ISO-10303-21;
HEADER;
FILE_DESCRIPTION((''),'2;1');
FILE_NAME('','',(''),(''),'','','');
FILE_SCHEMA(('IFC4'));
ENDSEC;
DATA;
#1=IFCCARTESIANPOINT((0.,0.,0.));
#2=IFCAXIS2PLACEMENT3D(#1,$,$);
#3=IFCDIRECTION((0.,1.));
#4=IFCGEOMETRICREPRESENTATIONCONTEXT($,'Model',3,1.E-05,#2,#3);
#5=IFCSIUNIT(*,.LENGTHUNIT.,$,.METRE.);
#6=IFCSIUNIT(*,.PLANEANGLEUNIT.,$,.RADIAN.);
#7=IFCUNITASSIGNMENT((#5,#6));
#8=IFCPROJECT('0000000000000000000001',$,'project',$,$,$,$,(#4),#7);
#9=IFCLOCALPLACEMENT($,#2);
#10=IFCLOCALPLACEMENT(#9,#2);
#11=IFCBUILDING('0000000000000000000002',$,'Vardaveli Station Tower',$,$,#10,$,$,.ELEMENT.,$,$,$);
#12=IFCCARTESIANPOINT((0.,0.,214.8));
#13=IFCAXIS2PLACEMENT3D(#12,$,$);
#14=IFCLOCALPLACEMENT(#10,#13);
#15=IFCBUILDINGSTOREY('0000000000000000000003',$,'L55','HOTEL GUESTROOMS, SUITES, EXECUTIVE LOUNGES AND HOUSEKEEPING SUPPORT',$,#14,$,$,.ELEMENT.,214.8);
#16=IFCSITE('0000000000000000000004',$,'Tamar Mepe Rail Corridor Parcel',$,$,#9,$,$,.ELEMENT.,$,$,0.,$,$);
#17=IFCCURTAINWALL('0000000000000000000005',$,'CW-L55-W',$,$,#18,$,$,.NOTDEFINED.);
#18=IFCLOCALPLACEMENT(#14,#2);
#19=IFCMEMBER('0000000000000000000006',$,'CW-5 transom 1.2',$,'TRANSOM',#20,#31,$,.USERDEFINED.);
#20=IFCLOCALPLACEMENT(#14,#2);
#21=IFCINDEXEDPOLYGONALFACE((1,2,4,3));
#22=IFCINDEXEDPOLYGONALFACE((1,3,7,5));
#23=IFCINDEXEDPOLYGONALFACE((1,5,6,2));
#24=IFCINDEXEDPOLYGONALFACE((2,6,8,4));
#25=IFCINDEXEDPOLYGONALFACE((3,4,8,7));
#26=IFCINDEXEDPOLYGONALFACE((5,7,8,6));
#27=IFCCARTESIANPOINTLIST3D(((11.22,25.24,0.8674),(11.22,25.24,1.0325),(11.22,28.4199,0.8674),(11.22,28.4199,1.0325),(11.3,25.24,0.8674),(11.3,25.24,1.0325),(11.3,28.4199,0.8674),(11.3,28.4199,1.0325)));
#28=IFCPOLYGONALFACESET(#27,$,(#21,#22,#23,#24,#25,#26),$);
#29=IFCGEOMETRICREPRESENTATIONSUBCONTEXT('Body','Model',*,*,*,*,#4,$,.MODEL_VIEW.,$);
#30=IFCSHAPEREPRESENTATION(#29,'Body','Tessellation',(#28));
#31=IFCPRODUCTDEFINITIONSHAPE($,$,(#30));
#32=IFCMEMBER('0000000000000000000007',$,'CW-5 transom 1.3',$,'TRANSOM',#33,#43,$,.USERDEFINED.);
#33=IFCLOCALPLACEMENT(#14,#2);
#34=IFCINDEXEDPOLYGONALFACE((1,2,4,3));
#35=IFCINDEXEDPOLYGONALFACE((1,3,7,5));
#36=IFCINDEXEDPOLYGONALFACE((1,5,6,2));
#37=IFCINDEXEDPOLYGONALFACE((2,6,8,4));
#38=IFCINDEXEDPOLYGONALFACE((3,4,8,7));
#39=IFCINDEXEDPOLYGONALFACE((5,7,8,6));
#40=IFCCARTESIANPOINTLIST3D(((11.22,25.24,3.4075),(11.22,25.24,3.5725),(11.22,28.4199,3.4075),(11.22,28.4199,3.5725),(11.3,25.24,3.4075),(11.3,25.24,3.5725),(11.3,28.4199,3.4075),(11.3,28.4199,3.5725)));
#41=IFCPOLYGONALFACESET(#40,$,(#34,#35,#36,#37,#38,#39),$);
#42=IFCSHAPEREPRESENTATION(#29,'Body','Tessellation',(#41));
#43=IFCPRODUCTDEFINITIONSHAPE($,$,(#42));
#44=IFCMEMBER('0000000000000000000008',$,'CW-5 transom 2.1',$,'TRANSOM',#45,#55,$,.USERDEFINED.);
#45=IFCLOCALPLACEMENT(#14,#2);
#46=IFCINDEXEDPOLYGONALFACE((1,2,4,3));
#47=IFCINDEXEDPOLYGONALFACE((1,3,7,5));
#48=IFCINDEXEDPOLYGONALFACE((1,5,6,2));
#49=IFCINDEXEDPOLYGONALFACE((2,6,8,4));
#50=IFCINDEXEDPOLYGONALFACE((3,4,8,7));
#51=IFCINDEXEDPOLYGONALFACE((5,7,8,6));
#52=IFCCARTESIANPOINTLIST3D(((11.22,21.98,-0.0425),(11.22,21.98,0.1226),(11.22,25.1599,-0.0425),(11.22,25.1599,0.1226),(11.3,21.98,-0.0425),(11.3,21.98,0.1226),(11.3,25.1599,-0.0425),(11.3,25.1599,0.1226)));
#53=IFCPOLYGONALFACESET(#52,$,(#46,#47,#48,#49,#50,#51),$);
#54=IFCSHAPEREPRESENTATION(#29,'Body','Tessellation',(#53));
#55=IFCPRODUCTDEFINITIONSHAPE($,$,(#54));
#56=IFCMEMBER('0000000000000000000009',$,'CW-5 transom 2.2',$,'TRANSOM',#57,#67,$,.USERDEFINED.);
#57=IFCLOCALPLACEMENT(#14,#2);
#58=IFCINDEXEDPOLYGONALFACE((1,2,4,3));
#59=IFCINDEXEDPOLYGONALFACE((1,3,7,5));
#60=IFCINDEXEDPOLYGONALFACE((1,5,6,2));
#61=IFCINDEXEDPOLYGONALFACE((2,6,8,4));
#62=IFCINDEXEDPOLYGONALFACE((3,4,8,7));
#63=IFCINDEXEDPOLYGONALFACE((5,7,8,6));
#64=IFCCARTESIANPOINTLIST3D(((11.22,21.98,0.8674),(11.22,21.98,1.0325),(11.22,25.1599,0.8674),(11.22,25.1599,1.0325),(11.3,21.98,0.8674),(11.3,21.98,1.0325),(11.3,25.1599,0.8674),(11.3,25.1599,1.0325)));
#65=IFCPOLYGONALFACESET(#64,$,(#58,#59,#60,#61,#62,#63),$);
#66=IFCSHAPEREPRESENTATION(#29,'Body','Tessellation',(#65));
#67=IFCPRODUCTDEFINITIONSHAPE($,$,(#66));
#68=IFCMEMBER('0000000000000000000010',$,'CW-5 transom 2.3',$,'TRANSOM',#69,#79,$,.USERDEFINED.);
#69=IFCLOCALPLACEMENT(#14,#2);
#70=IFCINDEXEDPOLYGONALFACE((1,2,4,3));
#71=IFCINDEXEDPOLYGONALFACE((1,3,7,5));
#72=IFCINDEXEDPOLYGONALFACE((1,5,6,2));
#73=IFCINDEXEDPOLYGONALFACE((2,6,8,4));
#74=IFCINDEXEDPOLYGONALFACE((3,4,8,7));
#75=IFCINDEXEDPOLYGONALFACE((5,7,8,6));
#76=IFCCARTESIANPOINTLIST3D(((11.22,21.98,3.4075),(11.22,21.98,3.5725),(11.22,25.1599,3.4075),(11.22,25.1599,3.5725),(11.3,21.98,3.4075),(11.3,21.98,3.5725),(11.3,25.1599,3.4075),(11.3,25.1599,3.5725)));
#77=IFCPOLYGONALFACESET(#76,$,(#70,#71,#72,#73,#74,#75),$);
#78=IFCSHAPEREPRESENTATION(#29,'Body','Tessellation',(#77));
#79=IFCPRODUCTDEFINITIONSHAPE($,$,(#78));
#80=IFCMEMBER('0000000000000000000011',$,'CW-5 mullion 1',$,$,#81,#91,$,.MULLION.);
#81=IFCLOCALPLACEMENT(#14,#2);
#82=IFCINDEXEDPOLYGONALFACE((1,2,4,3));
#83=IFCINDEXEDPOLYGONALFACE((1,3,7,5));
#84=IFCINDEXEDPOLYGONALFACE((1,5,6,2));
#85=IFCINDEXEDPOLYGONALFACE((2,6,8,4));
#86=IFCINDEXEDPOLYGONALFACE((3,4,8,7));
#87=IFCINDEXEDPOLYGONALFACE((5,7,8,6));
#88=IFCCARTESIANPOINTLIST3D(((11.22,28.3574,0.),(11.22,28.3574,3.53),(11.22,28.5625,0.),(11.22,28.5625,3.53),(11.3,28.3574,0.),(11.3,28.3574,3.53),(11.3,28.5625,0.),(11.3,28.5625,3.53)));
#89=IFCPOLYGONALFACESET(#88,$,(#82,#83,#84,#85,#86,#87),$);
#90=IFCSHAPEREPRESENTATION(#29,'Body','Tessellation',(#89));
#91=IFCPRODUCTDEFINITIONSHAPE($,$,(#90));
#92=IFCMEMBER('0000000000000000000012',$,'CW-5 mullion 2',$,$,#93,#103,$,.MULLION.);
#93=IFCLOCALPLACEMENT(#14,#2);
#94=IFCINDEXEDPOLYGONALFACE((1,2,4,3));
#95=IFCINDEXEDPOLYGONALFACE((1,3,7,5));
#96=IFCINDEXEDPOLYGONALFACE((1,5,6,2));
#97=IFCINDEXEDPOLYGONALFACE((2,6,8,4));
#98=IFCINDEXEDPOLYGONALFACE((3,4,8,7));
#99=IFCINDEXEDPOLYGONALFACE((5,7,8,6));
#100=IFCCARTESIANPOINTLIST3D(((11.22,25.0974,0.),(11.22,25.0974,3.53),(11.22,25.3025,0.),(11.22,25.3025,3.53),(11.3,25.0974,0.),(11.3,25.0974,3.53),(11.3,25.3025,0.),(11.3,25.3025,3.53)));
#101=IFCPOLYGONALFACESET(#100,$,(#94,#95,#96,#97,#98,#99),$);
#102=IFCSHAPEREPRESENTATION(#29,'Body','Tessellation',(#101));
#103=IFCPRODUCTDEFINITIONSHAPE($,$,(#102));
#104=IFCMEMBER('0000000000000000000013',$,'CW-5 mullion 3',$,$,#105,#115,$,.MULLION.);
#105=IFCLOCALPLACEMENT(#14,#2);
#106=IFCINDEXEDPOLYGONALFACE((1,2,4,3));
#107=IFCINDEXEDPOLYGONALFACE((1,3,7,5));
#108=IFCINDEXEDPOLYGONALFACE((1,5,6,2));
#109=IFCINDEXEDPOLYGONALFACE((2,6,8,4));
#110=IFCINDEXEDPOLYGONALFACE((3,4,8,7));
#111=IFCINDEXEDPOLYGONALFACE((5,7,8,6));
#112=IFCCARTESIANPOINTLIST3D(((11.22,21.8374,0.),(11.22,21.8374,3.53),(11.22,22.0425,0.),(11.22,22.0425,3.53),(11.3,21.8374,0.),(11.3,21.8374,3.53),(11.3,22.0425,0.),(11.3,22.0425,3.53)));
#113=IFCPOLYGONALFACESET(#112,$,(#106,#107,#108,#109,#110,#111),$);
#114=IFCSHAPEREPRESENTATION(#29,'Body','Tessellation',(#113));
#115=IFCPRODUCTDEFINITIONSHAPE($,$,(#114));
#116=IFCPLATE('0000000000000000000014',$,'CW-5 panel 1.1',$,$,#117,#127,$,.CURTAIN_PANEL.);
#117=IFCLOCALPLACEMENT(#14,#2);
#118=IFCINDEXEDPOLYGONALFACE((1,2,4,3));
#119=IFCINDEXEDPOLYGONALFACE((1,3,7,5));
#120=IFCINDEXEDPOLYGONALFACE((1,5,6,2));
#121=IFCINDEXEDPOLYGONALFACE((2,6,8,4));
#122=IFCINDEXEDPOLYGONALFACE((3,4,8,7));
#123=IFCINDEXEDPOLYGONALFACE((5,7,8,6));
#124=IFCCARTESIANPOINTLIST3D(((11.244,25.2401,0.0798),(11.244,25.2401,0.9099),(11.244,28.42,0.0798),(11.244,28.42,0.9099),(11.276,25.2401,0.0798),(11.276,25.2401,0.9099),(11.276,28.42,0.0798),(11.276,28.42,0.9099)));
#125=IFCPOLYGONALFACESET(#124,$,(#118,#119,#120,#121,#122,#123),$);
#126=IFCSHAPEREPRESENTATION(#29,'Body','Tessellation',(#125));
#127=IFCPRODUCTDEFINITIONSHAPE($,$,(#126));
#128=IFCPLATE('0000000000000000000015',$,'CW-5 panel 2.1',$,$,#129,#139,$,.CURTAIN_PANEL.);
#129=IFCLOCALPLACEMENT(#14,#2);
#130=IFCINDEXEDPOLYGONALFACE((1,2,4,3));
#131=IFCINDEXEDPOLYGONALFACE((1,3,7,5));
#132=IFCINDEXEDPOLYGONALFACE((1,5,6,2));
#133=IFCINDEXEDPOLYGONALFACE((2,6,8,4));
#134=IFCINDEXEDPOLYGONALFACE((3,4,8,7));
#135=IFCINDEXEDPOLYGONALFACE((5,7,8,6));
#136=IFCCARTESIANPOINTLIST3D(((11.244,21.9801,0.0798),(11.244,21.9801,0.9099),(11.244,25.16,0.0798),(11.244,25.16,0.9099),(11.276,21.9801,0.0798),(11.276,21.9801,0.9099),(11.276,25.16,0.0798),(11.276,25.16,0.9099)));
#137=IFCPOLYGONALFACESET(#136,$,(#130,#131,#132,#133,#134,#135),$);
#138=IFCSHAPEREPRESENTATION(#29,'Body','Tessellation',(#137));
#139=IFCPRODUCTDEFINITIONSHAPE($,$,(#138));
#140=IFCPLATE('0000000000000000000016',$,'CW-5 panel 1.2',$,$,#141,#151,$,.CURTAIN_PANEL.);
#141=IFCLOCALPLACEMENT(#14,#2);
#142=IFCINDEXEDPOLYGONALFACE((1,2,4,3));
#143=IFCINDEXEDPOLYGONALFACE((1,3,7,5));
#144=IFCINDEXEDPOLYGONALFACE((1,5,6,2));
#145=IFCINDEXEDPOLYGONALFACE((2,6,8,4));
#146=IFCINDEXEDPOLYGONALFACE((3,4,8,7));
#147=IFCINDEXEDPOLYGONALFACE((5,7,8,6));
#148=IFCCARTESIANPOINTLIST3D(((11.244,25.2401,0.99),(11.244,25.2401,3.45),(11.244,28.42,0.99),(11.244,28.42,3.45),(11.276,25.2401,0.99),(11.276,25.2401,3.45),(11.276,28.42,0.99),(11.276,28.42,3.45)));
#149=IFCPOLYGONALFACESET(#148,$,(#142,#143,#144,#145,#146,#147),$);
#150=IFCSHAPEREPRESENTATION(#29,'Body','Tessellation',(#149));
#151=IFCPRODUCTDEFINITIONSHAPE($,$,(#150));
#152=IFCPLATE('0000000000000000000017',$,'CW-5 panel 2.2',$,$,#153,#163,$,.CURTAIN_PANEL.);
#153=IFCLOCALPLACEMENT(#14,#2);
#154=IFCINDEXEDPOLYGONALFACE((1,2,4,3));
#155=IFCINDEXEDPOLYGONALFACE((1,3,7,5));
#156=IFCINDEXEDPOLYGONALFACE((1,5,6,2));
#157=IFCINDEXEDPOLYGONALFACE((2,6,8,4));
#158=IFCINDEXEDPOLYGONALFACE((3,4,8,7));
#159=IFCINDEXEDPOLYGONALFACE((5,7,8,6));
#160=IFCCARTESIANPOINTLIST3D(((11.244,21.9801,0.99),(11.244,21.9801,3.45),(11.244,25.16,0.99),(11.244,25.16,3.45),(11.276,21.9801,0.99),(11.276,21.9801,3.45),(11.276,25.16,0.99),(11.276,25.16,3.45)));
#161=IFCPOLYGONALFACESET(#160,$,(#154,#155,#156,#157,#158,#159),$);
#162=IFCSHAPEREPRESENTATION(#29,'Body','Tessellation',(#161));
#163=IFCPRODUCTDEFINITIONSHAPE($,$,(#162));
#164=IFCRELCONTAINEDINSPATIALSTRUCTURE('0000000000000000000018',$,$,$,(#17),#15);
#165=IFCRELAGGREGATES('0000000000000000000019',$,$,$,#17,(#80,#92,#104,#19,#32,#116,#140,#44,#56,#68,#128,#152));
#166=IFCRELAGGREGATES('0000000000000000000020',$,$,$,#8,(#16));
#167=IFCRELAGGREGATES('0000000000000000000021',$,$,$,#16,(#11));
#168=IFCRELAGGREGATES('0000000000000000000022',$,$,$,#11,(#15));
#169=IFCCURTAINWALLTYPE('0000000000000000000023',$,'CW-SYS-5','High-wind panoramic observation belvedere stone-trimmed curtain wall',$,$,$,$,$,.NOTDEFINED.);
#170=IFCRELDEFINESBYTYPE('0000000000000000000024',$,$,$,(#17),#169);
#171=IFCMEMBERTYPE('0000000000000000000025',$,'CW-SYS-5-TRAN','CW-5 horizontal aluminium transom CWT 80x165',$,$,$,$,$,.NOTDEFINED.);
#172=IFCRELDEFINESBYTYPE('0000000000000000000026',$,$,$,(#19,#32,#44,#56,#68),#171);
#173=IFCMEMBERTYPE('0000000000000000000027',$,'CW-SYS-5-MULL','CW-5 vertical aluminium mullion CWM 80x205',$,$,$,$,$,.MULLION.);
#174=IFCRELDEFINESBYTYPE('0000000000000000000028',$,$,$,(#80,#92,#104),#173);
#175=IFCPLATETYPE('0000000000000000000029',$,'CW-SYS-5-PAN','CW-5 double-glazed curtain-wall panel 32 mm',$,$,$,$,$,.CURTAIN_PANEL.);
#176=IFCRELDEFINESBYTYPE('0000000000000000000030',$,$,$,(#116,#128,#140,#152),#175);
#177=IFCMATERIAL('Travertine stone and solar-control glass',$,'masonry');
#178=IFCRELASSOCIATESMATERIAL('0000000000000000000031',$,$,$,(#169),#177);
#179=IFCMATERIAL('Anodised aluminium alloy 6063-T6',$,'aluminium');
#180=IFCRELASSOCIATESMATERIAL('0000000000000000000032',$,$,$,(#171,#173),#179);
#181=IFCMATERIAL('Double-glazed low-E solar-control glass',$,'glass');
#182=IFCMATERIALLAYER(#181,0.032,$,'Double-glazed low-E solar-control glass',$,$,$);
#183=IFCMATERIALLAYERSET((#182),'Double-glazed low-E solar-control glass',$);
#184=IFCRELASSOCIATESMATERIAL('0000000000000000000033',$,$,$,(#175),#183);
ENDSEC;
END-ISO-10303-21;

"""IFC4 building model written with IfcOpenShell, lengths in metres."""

from ifc_helpers import new_model, si_unit, direction, frame, origin, origin_2d, place, context, subcontext, project, spatial, rectangle, extrude, source, transform, mapped, material, layer, layer_set, material_profile, profile_set, type_object, element, aggregate, save


model = new_model("IFC4")

# Units and contexts
model_context = context("Model", 3, precision=1e-05, world=origin(), true_north=direction((0.0, 1.0)))
body_context = subcontext(model_context, "Body", "Model", "MODEL_VIEW")
ifc_project = project(units=[si_unit("LENGTHUNIT", "METRE"), si_unit("PLANEANGLEUNIT", "RADIAN")], contexts=[model_context])

# Site, building, storey
site_placement = place(None, origin())
site = spatial("IfcSite", under=ifc_project, at=site_placement, Name="Tamar Mepe Rail Corridor Parcel", CompositionType="ELEMENT", RefElevation=0.0)
building_placement = place(site_placement, origin())
building = spatial("IfcBuilding", under=site, at=building_placement, Name="Vardaveli Station Tower", CompositionType="ELEMENT")
storey_placement = place(building_placement, frame((0.0, 0.0, 214.8)))
storey = spatial("IfcBuildingStorey", under=building, at=storey_placement, Name="L55", Description="HOTEL GUESTROOMS, SUITES, EXECUTIVE LOUNGES AND HOUSEKEEPING SUPPORT", CompositionType="ELEMENT", Elevation=214.8)

# Curtain wall, members, plates
ifc_material_1 = material(Name="Travertine stone and solar-control glass", Category="masonry")
curtain_wall_type = type_object("IfcCurtainWallType", Name="CW-SYS-5", Description="High-wind panoramic observation belvedere stone-trimmed curtain wall", PredefinedType="NOTDEFINED", material=ifc_material_1)
curtain_wall_placement = place(storey_placement, origin())
curtain_wall = element("IfcCurtainWall", 1, at=curtain_wall_placement, inside=storey, type_object=curtain_wall_type, Name="CW-L55-W", PredefinedType="NOTDEFINED")
ifc_material_2 = material(Name="Anodised aluminium alloy 6063-T6", Category="aluminium")
ifc_material_profile_1 = material_profile(ifc_material_2, rectangle(XDim=0.0801, YDim=0.165, at=origin_2d()), Name="CWT 80x165")
ifc_profile_set_1 = profile_set([ifc_material_profile_1], Name="Anodised aluminium alloy 6063-T6")
member_type_1 = type_object("IfcMemberType", Name="CW-SYS-5-TRAN", Description="CW-5 horizontal aluminium transom CWT 80x165", PredefinedType="NOTDEFINED", material=ifc_profile_set_1)
shared_shape_1 = source(origin(), body_context, "Body", "SweptSolid", [
    extrude(rectangle(XDim=0.0801, YDim=0.165, at=origin_2d()), origin(), (0.0, 0.0, 1.0), 3.1799),
])
member_1_placement = place(storey_placement, frame((11.26, 28.4199, 0.95), z_axis=(0.0, -1.0, 0.0), x_axis=(1.0, 0.0, 0.0)))
member_1 = element("IfcMember", 2, at=member_1_placement, type_object=member_type_1, Name="CW-5 transom 1.2", ObjectType="TRANSOM", PredefinedType="USERDEFINED", context=body_context, shape_type="MappedRepresentation", body=[
    mapped(shared_shape_1, transform((0.0, 0.0, 0.0), scale=1.0)),
])
member_2_placement = place(storey_placement, frame((11.26, 28.4199, 3.49), z_axis=(0.0, -1.0, 0.0), x_axis=(1.0, 0.0, 0.0)))
member_2 = element("IfcMember", 3, at=member_2_placement, type_object=member_type_1, Name="CW-5 transom 1.3", ObjectType="TRANSOM", PredefinedType="USERDEFINED", context=body_context, shape_type="MappedRepresentation", body=[
    mapped(shared_shape_1, transform((0.0, 0.0, 0.0), scale=1.0)),
])
member_3_placement = place(storey_placement, frame((11.26, 25.1599, 0.04), z_axis=(0.0, -1.0, 0.0), x_axis=(1.0, 0.0, 0.0)))
member_3 = element("IfcMember", 4, at=member_3_placement, type_object=member_type_1, Name="CW-5 transom 2.1", ObjectType="TRANSOM", PredefinedType="USERDEFINED", context=body_context, shape_type="MappedRepresentation", body=[
    mapped(shared_shape_1, transform((0.0, 0.0, 0.0), scale=1.0)),
])
member_4_placement = place(storey_placement, frame((11.26, 25.1599, 0.95), z_axis=(0.0, -1.0, 0.0), x_axis=(1.0, 0.0, 0.0)))
member_4 = element("IfcMember", 5, at=member_4_placement, type_object=member_type_1, Name="CW-5 transom 2.2", ObjectType="TRANSOM", PredefinedType="USERDEFINED", context=body_context, shape_type="MappedRepresentation", body=[
    mapped(shared_shape_1, transform((0.0, 0.0, 0.0), scale=1.0)),
])
member_5_placement = place(storey_placement, frame((11.26, 25.1599, 3.49), z_axis=(0.0, -1.0, 0.0), x_axis=(1.0, 0.0, 0.0)))
member_5 = element("IfcMember", 6, at=member_5_placement, type_object=member_type_1, Name="CW-5 transom 2.3", ObjectType="TRANSOM", PredefinedType="USERDEFINED", context=body_context, shape_type="MappedRepresentation", body=[
    mapped(shared_shape_1, transform((0.0, 0.0, 0.0), scale=1.0)),
])
ifc_material_profile_2 = material_profile(ifc_material_2, rectangle(XDim=0.0801, YDim=0.2051, at=origin_2d()), Name="CWM 80x205")
ifc_profile_set_2 = profile_set([ifc_material_profile_2], Name="Anodised aluminium alloy 6063-T6")
member_type_2 = type_object("IfcMemberType", Name="CW-SYS-5-MULL", Description="CW-5 vertical aluminium mullion CWM 80x205", PredefinedType="MULLION", material=ifc_profile_set_2)
shared_shape_2 = source(origin(), body_context, "Body", "SweptSolid", [
    extrude(rectangle(XDim=0.0801, YDim=0.2051, at=origin_2d()), origin(), (0.0, 0.0, 1.0), 3.53),
])
member_6_placement = place(storey_placement, frame((11.26, 28.46, 0.0), z_axis=(0.0, 0.0, 1.0), x_axis=(1.0, 0.0, 0.0)))
member_6 = element("IfcMember", 7, at=member_6_placement, type_object=member_type_2, Name="CW-5 mullion 1", PredefinedType="MULLION", context=body_context, shape_type="MappedRepresentation", body=[
    mapped(shared_shape_2, transform((0.0, 0.0, 0.0), scale=1.0)),
])
member_7_placement = place(storey_placement, frame((11.26, 25.2, 0.0), z_axis=(0.0, 0.0, 1.0), x_axis=(1.0, 0.0, 0.0)))
member_7 = element("IfcMember", 8, at=member_7_placement, type_object=member_type_2, Name="CW-5 mullion 2", PredefinedType="MULLION", context=body_context, shape_type="MappedRepresentation", body=[
    mapped(shared_shape_2, transform((0.0, 0.0, 0.0), scale=1.0)),
])
member_8_placement = place(storey_placement, frame((11.26, 21.9399, 0.0), z_axis=(0.0, 0.0, 1.0), x_axis=(1.0, 0.0, 0.0)))
member_8 = element("IfcMember", 9, at=member_8_placement, type_object=member_type_2, Name="CW-5 mullion 3", PredefinedType="MULLION", context=body_context, shape_type="MappedRepresentation", body=[
    mapped(shared_shape_2, transform((0.0, 0.0, 0.0), scale=1.0)),
])
ifc_material_3 = material(Name="Double-glazed low-E solar-control glass", Category="glass")
ifc_layer_1 = layer(ifc_material_3, 0.032, Name="Double-glazed low-E solar-control glass")
ifc_layer_set_1 = layer_set([ifc_layer_1], Name="Double-glazed low-E solar-control glass")
plate_type = type_object("IfcPlateType", Name="CW-SYS-5-PAN", Description="CW-5 double-glazed curtain-wall panel 32 mm", PredefinedType="CURTAIN_PANEL", material=ifc_layer_set_1)
shared_shape_3 = source(origin(), body_context, "Body", "SweptSolid", [
    extrude(rectangle(XDim=3.1799, YDim=0.032, at=origin_2d()), origin(), (0.0, 0.0, 1.0), 0.8301),
])
plate_1_placement = place(storey_placement, frame((11.26, 26.8301, 0.0798), z_axis=(0.0, 0.0, 1.0), x_axis=(0.0, -1.0, 0.0)))
plate_1 = element("IfcPlate", 10, at=plate_1_placement, type_object=plate_type, Name="CW-5 panel 1.1", PredefinedType="CURTAIN_PANEL", context=body_context, shape_type="MappedRepresentation", body=[
    mapped(shared_shape_3, transform((0.0, 0.0, 0.0), scale=1.0)),
])
plate_2_placement = place(storey_placement, frame((11.26, 23.5701, 0.0798), z_axis=(0.0, 0.0, 1.0), x_axis=(0.0, -1.0, 0.0)))
plate_2 = element("IfcPlate", 11, at=plate_2_placement, type_object=plate_type, Name="CW-5 panel 2.1", PredefinedType="CURTAIN_PANEL", context=body_context, shape_type="MappedRepresentation", body=[
    mapped(shared_shape_3, transform((0.0, 0.0, 0.0), scale=1.0)),
])
shared_shape_4 = source(origin(), body_context, "Body", "SweptSolid", [
    extrude(rectangle(XDim=3.1799, YDim=0.032, at=origin_2d()), origin(), (0.0, 0.0, 1.0), 2.46),
])
plate_3_placement = place(storey_placement, frame((11.26, 26.8301, 0.99), z_axis=(0.0, 0.0, 1.0), x_axis=(0.0, -1.0, 0.0)))
plate_3 = element("IfcPlate", 12, at=plate_3_placement, type_object=plate_type, Name="CW-5 panel 1.2", PredefinedType="CURTAIN_PANEL", context=body_context, shape_type="MappedRepresentation", body=[
    mapped(shared_shape_4, transform((0.0, 0.0, 0.0), scale=1.0)),
])
plate_4_placement = place(storey_placement, frame((11.26, 23.5701, 0.99), z_axis=(0.0, 0.0, 1.0), x_axis=(0.0, -1.0, 0.0)))
plate_4 = element("IfcPlate", 13, at=plate_4_placement, type_object=plate_type, Name="CW-5 panel 2.2", PredefinedType="CURTAIN_PANEL", context=body_context, shape_type="MappedRepresentation", body=[
    mapped(shared_shape_4, transform((0.0, 0.0, 0.0), scale=1.0)),
])
aggregate(curtain_wall, [member_6, member_7, member_8, member_1, member_2, plate_1, plate_3, member_3, member_4, member_5, plate_2, plate_4])

save(model, "model.ifc")
